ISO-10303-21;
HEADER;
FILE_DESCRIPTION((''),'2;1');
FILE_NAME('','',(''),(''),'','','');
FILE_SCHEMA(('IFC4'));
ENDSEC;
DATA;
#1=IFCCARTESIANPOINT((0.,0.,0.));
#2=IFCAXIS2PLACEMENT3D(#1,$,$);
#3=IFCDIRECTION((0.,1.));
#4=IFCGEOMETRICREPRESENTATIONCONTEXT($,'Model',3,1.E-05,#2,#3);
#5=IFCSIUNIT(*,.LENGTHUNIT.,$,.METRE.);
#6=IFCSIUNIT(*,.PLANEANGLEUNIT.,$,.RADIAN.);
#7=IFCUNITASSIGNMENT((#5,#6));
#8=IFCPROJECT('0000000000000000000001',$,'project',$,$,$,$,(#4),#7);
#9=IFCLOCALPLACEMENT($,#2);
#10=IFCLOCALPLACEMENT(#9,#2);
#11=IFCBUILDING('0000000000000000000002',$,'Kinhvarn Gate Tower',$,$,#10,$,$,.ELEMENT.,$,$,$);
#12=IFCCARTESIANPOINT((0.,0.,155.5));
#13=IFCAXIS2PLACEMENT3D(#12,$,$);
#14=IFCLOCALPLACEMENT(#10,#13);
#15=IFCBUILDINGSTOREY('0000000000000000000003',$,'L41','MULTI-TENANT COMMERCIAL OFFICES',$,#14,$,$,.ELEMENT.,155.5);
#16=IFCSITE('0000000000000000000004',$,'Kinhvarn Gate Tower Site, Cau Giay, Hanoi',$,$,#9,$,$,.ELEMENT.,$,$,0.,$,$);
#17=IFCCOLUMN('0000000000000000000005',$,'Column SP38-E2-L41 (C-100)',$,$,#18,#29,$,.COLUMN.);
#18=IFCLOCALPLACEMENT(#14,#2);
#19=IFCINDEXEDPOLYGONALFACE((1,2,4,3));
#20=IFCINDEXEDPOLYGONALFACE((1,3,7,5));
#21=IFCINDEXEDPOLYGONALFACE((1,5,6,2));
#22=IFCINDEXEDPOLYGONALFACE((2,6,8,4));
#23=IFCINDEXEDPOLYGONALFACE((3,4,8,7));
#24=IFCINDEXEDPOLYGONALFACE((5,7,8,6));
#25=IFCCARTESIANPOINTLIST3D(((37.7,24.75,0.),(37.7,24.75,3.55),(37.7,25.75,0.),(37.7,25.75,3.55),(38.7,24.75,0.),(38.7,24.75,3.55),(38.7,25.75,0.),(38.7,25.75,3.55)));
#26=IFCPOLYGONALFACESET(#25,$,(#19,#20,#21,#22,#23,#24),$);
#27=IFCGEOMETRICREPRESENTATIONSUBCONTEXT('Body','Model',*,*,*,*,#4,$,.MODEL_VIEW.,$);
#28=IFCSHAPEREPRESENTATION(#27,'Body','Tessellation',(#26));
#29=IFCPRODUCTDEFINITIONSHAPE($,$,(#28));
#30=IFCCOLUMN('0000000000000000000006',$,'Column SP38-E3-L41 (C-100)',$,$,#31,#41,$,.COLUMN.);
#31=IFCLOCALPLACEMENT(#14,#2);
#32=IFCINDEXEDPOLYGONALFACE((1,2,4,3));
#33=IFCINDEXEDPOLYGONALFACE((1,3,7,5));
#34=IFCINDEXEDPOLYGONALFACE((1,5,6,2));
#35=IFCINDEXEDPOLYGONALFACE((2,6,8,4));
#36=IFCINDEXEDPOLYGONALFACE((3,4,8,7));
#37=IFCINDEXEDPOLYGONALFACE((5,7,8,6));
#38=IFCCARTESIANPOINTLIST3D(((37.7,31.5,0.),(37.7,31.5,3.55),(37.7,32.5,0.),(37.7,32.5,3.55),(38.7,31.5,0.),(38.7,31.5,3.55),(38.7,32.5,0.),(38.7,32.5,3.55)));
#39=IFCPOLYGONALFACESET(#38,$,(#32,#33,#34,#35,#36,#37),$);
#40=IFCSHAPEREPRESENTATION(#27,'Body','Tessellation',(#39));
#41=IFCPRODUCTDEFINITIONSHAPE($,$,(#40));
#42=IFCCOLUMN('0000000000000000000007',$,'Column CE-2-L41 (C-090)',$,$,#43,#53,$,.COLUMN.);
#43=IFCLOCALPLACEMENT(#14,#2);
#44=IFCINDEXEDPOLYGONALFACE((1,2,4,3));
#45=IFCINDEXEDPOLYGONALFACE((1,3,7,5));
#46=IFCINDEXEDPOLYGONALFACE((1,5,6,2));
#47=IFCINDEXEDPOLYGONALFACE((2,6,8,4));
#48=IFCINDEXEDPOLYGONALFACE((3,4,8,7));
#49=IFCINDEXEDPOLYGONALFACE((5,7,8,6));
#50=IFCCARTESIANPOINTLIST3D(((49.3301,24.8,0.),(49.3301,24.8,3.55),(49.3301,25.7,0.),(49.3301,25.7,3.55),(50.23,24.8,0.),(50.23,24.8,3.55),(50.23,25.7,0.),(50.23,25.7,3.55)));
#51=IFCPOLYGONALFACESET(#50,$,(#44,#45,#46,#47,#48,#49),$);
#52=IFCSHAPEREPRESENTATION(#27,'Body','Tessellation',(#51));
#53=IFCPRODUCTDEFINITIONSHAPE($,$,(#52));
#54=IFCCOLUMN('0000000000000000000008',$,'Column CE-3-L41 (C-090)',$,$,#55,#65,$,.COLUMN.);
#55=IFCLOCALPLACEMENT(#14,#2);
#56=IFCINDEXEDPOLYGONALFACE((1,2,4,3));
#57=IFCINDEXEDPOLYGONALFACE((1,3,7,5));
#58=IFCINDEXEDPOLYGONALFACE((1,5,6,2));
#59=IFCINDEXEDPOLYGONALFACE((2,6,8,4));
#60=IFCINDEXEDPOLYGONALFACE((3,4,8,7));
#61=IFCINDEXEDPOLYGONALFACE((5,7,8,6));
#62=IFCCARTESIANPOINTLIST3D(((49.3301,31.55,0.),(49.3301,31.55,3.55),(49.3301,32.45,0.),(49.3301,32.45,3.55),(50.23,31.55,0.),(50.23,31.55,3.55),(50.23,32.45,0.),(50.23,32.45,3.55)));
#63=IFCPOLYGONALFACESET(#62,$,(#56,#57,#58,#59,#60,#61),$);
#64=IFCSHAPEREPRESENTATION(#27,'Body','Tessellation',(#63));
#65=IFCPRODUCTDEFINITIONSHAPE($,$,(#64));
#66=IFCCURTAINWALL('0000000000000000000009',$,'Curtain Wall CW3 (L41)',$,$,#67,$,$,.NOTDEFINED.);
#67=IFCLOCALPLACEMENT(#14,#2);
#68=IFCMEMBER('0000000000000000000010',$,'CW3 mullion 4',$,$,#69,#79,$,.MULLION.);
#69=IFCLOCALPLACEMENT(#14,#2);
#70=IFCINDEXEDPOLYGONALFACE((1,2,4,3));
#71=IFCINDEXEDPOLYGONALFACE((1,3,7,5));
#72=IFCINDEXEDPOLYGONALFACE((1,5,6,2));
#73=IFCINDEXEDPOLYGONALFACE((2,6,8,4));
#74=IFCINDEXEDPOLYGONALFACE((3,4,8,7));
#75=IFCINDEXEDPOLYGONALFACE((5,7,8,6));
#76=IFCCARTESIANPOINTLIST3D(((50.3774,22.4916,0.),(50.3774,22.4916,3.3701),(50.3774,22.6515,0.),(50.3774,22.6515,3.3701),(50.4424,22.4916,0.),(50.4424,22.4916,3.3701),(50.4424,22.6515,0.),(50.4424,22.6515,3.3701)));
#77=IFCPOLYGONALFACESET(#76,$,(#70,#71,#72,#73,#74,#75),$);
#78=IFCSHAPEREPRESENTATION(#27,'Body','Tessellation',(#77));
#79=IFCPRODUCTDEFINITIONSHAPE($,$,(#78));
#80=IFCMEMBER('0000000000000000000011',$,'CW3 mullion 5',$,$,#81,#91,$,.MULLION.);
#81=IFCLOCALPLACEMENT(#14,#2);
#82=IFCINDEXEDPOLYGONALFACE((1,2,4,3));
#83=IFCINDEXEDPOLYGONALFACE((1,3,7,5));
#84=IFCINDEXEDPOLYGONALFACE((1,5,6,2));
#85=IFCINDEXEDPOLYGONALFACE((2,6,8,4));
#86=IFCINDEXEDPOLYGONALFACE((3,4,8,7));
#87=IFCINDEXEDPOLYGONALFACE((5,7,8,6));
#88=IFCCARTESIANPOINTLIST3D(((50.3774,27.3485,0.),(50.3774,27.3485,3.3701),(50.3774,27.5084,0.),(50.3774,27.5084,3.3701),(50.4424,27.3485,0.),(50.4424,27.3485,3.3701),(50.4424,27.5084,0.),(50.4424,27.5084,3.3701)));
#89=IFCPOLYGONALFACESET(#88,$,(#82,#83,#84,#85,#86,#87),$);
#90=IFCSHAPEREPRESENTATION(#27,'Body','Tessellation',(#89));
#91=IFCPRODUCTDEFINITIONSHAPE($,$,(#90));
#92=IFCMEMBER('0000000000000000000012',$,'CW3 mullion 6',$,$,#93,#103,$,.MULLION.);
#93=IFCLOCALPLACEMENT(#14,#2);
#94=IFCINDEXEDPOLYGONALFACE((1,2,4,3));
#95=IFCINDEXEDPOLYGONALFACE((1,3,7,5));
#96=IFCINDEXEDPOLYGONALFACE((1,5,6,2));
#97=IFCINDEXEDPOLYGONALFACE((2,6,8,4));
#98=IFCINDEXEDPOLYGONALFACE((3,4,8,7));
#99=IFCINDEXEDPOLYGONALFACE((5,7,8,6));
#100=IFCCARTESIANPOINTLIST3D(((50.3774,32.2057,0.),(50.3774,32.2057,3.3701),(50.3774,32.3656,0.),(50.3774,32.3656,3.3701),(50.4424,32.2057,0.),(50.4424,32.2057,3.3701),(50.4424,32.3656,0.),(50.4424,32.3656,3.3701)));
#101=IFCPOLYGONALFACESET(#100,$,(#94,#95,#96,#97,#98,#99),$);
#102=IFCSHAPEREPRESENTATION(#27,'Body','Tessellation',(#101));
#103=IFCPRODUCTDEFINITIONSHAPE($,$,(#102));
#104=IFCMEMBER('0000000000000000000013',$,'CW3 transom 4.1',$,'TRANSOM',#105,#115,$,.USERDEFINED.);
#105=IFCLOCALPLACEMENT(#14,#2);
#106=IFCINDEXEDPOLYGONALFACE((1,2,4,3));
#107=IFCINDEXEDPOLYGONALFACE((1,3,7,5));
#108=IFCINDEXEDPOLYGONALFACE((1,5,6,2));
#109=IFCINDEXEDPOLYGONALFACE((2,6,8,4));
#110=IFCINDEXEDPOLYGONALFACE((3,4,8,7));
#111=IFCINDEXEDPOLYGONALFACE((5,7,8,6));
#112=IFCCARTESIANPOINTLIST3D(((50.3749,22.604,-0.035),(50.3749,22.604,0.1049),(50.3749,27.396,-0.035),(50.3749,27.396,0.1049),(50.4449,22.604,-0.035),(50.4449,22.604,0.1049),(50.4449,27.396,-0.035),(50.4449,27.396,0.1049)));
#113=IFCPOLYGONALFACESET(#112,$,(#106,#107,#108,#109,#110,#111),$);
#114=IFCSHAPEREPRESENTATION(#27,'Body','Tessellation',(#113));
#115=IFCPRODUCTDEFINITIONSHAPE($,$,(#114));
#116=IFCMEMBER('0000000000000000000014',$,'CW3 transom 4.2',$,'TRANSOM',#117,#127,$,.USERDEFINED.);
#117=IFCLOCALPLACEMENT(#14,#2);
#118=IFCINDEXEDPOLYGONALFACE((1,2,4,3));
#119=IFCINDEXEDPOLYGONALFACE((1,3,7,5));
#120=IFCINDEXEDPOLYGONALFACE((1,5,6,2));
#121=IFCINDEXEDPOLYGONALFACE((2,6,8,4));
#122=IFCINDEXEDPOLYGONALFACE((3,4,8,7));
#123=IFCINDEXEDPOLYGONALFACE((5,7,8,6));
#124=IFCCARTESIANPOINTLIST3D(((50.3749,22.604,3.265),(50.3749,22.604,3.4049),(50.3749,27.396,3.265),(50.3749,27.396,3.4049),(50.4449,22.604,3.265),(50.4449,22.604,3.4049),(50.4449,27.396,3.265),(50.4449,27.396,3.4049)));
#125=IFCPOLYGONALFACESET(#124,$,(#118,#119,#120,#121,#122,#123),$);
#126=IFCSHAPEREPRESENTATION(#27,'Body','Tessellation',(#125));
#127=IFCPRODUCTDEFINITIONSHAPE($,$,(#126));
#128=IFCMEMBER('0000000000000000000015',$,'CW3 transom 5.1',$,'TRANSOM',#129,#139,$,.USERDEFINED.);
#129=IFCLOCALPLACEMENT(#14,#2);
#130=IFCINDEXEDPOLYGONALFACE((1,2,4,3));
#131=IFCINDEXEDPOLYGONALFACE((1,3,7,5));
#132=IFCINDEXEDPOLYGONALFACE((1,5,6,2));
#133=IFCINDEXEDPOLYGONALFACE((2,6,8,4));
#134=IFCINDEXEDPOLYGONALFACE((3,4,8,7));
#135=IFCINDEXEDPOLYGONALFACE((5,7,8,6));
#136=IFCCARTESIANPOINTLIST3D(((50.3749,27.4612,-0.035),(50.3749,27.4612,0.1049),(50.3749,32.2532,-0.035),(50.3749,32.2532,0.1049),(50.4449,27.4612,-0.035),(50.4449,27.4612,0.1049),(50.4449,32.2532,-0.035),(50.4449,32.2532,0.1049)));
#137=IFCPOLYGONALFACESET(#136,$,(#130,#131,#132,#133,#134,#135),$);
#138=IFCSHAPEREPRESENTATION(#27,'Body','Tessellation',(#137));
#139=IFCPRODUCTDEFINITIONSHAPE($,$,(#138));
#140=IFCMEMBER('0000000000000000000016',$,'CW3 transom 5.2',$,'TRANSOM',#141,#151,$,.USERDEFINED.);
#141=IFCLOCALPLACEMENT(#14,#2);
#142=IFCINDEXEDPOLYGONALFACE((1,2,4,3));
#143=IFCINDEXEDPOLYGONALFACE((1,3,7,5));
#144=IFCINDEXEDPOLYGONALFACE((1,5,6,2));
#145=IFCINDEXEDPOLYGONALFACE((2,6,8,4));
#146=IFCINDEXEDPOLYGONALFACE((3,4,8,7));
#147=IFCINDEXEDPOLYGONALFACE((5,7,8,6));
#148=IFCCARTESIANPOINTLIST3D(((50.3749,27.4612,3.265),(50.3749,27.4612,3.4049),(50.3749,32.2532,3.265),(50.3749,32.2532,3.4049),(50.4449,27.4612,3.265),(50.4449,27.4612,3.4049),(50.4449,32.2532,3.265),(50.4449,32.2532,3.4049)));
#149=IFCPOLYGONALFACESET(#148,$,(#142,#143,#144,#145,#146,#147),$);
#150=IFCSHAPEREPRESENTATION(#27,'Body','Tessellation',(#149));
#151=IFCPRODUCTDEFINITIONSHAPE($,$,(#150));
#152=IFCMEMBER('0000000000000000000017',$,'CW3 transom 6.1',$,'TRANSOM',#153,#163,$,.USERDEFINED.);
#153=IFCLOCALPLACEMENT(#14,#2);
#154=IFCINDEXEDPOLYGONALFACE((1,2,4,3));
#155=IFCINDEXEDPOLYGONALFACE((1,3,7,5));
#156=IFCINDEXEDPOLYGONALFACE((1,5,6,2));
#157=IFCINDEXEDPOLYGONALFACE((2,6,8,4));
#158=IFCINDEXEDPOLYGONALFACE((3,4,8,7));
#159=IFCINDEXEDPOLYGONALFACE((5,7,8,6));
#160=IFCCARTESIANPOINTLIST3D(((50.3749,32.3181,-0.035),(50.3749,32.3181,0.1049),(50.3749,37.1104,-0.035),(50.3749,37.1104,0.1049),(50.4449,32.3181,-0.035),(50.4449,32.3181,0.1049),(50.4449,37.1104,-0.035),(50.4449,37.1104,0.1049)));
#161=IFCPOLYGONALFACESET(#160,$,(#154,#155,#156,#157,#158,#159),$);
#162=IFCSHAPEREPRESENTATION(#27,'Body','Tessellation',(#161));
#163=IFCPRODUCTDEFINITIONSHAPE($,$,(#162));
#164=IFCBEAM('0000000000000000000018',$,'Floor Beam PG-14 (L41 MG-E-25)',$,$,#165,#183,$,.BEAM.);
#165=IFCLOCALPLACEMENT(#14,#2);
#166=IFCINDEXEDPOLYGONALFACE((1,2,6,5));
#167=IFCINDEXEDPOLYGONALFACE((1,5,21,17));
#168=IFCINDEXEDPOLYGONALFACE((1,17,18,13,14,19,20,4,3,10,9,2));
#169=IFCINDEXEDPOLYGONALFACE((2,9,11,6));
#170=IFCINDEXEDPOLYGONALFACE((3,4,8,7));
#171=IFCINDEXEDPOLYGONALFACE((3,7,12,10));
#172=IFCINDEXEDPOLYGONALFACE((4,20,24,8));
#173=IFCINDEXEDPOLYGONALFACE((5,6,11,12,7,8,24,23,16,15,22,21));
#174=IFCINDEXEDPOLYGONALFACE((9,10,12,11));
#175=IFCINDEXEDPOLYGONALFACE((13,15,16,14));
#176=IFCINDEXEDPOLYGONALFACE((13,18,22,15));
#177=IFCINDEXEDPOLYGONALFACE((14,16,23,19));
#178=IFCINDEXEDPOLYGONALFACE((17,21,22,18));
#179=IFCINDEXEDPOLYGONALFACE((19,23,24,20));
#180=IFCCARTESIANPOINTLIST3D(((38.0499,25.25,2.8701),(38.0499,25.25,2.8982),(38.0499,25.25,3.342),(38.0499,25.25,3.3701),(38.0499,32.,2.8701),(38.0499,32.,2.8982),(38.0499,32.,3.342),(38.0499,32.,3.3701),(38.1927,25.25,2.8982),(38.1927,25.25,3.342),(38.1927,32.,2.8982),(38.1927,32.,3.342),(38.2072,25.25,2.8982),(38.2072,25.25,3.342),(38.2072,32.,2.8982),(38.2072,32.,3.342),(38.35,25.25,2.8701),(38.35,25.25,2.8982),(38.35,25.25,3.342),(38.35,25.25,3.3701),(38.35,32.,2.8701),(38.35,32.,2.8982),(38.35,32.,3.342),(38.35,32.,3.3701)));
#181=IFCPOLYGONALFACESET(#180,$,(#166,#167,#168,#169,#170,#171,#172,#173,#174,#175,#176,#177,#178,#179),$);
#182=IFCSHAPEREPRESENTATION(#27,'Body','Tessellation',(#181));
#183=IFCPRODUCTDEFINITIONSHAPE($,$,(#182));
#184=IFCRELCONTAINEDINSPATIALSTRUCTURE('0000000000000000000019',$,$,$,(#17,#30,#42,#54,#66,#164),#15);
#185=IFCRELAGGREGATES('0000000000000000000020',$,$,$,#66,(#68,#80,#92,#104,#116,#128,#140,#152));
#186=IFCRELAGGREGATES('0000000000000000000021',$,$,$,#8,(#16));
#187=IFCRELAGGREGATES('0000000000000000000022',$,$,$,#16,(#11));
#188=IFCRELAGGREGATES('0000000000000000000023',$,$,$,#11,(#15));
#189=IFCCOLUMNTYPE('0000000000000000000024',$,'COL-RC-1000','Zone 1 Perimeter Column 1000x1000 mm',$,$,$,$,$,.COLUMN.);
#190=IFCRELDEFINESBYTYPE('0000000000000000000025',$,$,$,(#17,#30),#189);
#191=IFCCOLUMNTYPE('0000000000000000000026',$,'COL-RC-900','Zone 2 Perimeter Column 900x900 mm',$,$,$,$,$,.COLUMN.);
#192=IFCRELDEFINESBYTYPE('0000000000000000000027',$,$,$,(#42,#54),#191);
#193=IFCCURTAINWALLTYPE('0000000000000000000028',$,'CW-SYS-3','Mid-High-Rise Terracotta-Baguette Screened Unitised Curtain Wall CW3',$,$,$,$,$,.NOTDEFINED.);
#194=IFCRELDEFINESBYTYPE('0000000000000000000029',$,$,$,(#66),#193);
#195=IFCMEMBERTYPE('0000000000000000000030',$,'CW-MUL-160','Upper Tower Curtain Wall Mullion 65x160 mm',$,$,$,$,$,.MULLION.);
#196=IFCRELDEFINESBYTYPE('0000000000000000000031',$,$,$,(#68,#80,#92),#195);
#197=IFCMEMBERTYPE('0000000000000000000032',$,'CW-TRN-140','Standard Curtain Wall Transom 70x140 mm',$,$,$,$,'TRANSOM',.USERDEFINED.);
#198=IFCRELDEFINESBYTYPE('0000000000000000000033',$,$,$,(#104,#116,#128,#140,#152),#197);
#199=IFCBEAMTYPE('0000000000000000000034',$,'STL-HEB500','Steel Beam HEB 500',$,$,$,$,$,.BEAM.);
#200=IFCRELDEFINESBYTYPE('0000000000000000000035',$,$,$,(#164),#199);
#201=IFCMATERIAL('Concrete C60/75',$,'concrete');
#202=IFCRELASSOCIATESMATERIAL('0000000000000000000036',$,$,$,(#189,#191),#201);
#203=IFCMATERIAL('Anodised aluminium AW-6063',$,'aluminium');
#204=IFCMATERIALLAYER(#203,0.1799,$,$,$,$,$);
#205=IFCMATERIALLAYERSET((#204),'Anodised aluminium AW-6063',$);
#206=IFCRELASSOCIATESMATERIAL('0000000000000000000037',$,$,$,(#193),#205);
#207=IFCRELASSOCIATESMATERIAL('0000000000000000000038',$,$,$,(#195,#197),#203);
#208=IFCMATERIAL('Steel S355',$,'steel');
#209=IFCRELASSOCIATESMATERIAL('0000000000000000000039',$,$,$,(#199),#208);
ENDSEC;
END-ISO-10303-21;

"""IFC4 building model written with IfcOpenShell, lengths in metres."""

from ifc_helpers import new_model, si_unit, direction, frame, origin, origin_2d, place, context, subcontext, project, spatial, rectangle, i_section, extrude, material, layer, layer_set, material_profile, profile_set, type_object, element, aggregate, save


model = new_model("IFC4")

# Units and contexts
model_context = context("Model", 3, precision=1e-05, world=origin(), true_north=direction((0.0, 1.0)))
body_context = subcontext(model_context, "Body", "Model", "MODEL_VIEW")
ifc_project = project(units=[si_unit("LENGTHUNIT", "METRE"), si_unit("PLANEANGLEUNIT", "RADIAN")], contexts=[model_context])

# Site, building, storey
site_placement = place(None, origin())
site = spatial("IfcSite", under=ifc_project, at=site_placement, Name="Kinhvarn Gate Tower Site, Cau Giay, Hanoi", CompositionType="ELEMENT", RefElevation=0.0)
building_placement = place(site_placement, origin())
building = spatial("IfcBuilding", under=site, at=building_placement, Name="Kinhvarn Gate Tower", CompositionType="ELEMENT")
storey_placement = place(building_placement, frame((0.0, 0.0, 155.5)))
storey = spatial("IfcBuildingStorey", under=building, at=storey_placement, Name="L41", Description="MULTI-TENANT COMMERCIAL OFFICES", CompositionType="ELEMENT", Elevation=155.5)

# Columns
ifc_material_1 = material(Name="Concrete C60/75", Category="concrete")
ifc_material_profile_1 = material_profile(ifc_material_1, rectangle(XDim=1.0, YDim=1.0, at=origin_2d()), Name="RC 1000x1000")
ifc_profile_set_1 = profile_set([ifc_material_profile_1], Name="Concrete C60/75")
column_type_1 = type_object("IfcColumnType", Name="COL-RC-1000", Description="Zone 1 Perimeter Column 1000x1000 mm", PredefinedType="COLUMN", material=ifc_profile_set_1)
for number, where, z_axis, x_axis, name in (
    (1, (38.2, 25.25, 0.0), (0.0, 0.0, 1.0), (1.0, 0.0, 0.0), "Column SP38-E2-L41 (C-100)"),
    (2, (38.2, 32.0, 0.0), (0.0, 0.0, 1.0), (1.0, 0.0, 0.0), "Column SP38-E3-L41 (C-100)"),
):
    element("IfcColumn", number, at=place(storey_placement, frame(where, z_axis=z_axis, x_axis=x_axis)), inside=storey, type_object=column_type_1, Name=name, PredefinedType="COLUMN", context=body_context, shape_type="SweptSolid", body=[
        extrude(rectangle(XDim=1.0, YDim=1.0, at=origin_2d()), origin(), (0.0, 0.0, 1.0), 3.55),
    ])
ifc_material_profile_2 = material_profile(ifc_material_1, rectangle(XDim=0.8999, YDim=0.8999, at=origin_2d()), Name="RC 900x900")
ifc_profile_set_2 = profile_set([ifc_material_profile_2], Name="Concrete C60/75")
column_type_2 = type_object("IfcColumnType", Name="COL-RC-900", Description="Zone 2 Perimeter Column 900x900 mm", PredefinedType="COLUMN", material=ifc_profile_set_2)
for number, where, z_axis, x_axis, name in (
    (3, (49.78, 25.25, 0.0), (0.0, 0.0, 1.0), (1.0, 0.0, 0.0), "Column CE-2-L41 (C-090)"),
    (4, (49.78, 32.0, 0.0), (0.0, 0.0, 1.0), (1.0, 0.0, 0.0), "Column CE-3-L41 (C-090)"),
):
    element("IfcColumn", number, at=place(storey_placement, frame(where, z_axis=z_axis, x_axis=x_axis)), inside=storey, type_object=column_type_2, Name=name, PredefinedType="COLUMN", context=body_context, shape_type="SweptSolid", body=[
        extrude(rectangle(XDim=0.8999, YDim=0.8999, at=origin_2d()), origin(), (0.0, 0.0, 1.0), 3.55),
    ])

# Curtain wall, members
ifc_material_2 = material(Name="Anodised aluminium AW-6063", Category="aluminium")
ifc_layer_1 = layer(ifc_material_2, 0.1799)
ifc_layer_set_1 = layer_set([ifc_layer_1], Name="Anodised aluminium AW-6063")
curtain_wall_type = type_object("IfcCurtainWallType", Name="CW-SYS-3", Description="Mid-High-Rise Terracotta-Baguette Screened Unitised Curtain Wall CW3", PredefinedType="NOTDEFINED", material=ifc_layer_set_1)
curtain_wall_placement = place(storey_placement, origin())
curtain_wall = element("IfcCurtainWall", 5, at=curtain_wall_placement, inside=storey, type_object=curtain_wall_type, Name="Curtain Wall CW3 (L41)", PredefinedType="NOTDEFINED")
ifc_material_profile_3 = material_profile(ifc_material_2, rectangle(XDim=0.0649, YDim=0.1599, at=origin_2d()), Name="ALU 65x160")
ifc_profile_set_3 = profile_set([ifc_material_profile_3], Name="Anodised aluminium AW-6063")
member_type_1 = type_object("IfcMemberType", Name="CW-MUL-160", Description="Upper Tower Curtain Wall Mullion 65x160 mm", PredefinedType="MULLION", material=ifc_profile_set_3)
member_1_placement = place(storey_placement, frame((50.4099, 22.5715, 0.0), z_axis=(0.0, 0.0, 1.0), x_axis=(-1.0, 0.0, 0.0)))
member_1 = element("IfcMember", 6, at=member_1_placement, type_object=member_type_1, Name="CW3 mullion 4", PredefinedType="MULLION", context=body_context, shape_type="SweptSolid", body=[
    extrude(rectangle(XDim=0.0649, YDim=0.1599, at=origin_2d()), origin(), (0.0, 0.0, 1.0), 3.3701),
])
member_2_placement = place(storey_placement, frame((50.4099, 27.4285, 0.0), z_axis=(0.0, 0.0, 1.0), x_axis=(-1.0, 0.0, 0.0)))
member_2 = element("IfcMember", 7, at=member_2_placement, type_object=member_type_1, Name="CW3 mullion 5", PredefinedType="MULLION", context=body_context, shape_type="SweptSolid", body=[
    extrude(rectangle(XDim=0.0649, YDim=0.1599, at=origin_2d()), origin(), (0.0, 0.0, 1.0), 3.3701),
])
member_3_placement = place(storey_placement, frame((50.4099, 32.2856, 0.0), z_axis=(0.0, 0.0, 1.0), x_axis=(-1.0, 0.0, 0.0)))
member_3 = element("IfcMember", 8, at=member_3_placement, type_object=member_type_1, Name="CW3 mullion 6", PredefinedType="MULLION", context=body_context, shape_type="SweptSolid", body=[
    extrude(rectangle(XDim=0.0649, YDim=0.1599, at=origin_2d()), origin(), (0.0, 0.0, 1.0), 3.3701),
])
ifc_material_profile_4 = material_profile(ifc_material_2, rectangle(XDim=0.0701, YDim=0.1399, at=origin_2d()), Name="ALU 70x140")
ifc_profile_set_4 = profile_set([ifc_material_profile_4], Name="Anodised aluminium AW-6063")
member_type_2 = type_object("IfcMemberType", Name="CW-TRN-140", Description="Standard Curtain Wall Transom 70x140 mm", ElementType="TRANSOM", PredefinedType="USERDEFINED", material=ifc_profile_set_4)
member_4_placement = place(storey_placement, frame((50.4099, 22.604, 0.0349), z_axis=(0.0, 1.0, 0.0), x_axis=(-1.0, 0.0, 0.0)))
member_4 = element("IfcMember", 9, at=member_4_placement, type_object=member_type_2, Name="CW3 transom 4.1", ObjectType="TRANSOM", PredefinedType="USERDEFINED", context=body_context, shape_type="SweptSolid", body=[
    extrude(rectangle(XDim=0.0701, YDim=0.1399, at=origin_2d()), origin(), (0.0, 0.0, 1.0), 4.792),
])
member_5_placement = place(storey_placement, frame((50.4099, 22.604, 3.335), z_axis=(0.0, 1.0, 0.0), x_axis=(-1.0, 0.0, 0.0)))
member_5 = element("IfcMember", 10, at=member_5_placement, type_object=member_type_2, Name="CW3 transom 4.2", ObjectType="TRANSOM", PredefinedType="USERDEFINED", context=body_context, shape_type="SweptSolid", body=[
    extrude(rectangle(XDim=0.0701, YDim=0.1399, at=origin_2d()), origin(), (0.0, 0.0, 1.0), 4.792),
])
member_6_placement = place(storey_placement, frame((50.4099, 27.4612, 0.0349), z_axis=(0.0, 1.0, 0.0), x_axis=(-1.0, 0.0, 0.0)))
member_6 = element("IfcMember", 11, at=member_6_placement, type_object=member_type_2, Name="CW3 transom 5.1", ObjectType="TRANSOM", PredefinedType="USERDEFINED", context=body_context, shape_type="SweptSolid", body=[
    extrude(rectangle(XDim=0.0701, YDim=0.1399, at=origin_2d()), origin(), (0.0, 0.0, 1.0), 4.792),
])
member_7_placement = place(storey_placement, frame((50.4099, 27.4612, 3.335), z_axis=(0.0, 1.0, 0.0), x_axis=(-1.0, 0.0, 0.0)))
member_7 = element("IfcMember", 12, at=member_7_placement, type_object=member_type_2, Name="CW3 transom 5.2", ObjectType="TRANSOM", PredefinedType="USERDEFINED", context=body_context, shape_type="SweptSolid", body=[
    extrude(rectangle(XDim=0.0701, YDim=0.1399, at=origin_2d()), origin(), (0.0, 0.0, 1.0), 4.792),
])
member_8_placement = place(storey_placement, frame((50.4099, 32.3181, 0.0349), z_axis=(0.0, 1.0, 0.0), x_axis=(-1.0, 0.0, 0.0)))
member_8 = element("IfcMember", 13, at=member_8_placement, type_object=member_type_2, Name="CW3 transom 6.1", ObjectType="TRANSOM", PredefinedType="USERDEFINED", context=body_context, shape_type="SweptSolid", body=[
    extrude(rectangle(XDim=0.0701, YDim=0.1399, at=origin_2d()), origin(), (0.0, 0.0, 1.0), 4.7922),
])

# Beam
ifc_material_3 = material(Name="Steel S355", Category="steel")
ifc_material_profile_5 = material_profile(ifc_material_3, i_section(OverallWidth=0.3, OverallDepth=0.5, WebThickness=0.0144, FlangeThickness=0.0281, at=origin_2d()), Name="HEB 500")
ifc_profile_set_5 = profile_set([ifc_material_profile_5], Name="Steel S355")
beam_type_1 = type_object("IfcBeamType", Name="STL-HEB500", Description="Steel Beam HEB 500", PredefinedType="BEAM", material=ifc_profile_set_5)
beam_1_placement = place(storey_placement, frame((38.2, 25.25, 3.1201), z_axis=(0.0, 1.0, 0.0), x_axis=(-1.0, 0.0, 0.0)))
element("IfcBeam", 14, at=beam_1_placement, inside=storey, type_object=beam_type_1, Name="Floor Beam PG-14 (L41 MG-E-25)", PredefinedType="BEAM", context=body_context, shape_type="SweptSolid", body=[
    extrude(i_section(OverallWidth=0.3, OverallDepth=0.5, WebThickness=0.0144, FlangeThickness=0.0281, at=origin_2d()), origin(), (0.0, 0.0, 1.0), 6.75),
])

aggregate(curtain_wall, [member_1, member_2, member_3, member_4, member_5, member_6, member_7, member_8])

save(model, "model.ifc")
